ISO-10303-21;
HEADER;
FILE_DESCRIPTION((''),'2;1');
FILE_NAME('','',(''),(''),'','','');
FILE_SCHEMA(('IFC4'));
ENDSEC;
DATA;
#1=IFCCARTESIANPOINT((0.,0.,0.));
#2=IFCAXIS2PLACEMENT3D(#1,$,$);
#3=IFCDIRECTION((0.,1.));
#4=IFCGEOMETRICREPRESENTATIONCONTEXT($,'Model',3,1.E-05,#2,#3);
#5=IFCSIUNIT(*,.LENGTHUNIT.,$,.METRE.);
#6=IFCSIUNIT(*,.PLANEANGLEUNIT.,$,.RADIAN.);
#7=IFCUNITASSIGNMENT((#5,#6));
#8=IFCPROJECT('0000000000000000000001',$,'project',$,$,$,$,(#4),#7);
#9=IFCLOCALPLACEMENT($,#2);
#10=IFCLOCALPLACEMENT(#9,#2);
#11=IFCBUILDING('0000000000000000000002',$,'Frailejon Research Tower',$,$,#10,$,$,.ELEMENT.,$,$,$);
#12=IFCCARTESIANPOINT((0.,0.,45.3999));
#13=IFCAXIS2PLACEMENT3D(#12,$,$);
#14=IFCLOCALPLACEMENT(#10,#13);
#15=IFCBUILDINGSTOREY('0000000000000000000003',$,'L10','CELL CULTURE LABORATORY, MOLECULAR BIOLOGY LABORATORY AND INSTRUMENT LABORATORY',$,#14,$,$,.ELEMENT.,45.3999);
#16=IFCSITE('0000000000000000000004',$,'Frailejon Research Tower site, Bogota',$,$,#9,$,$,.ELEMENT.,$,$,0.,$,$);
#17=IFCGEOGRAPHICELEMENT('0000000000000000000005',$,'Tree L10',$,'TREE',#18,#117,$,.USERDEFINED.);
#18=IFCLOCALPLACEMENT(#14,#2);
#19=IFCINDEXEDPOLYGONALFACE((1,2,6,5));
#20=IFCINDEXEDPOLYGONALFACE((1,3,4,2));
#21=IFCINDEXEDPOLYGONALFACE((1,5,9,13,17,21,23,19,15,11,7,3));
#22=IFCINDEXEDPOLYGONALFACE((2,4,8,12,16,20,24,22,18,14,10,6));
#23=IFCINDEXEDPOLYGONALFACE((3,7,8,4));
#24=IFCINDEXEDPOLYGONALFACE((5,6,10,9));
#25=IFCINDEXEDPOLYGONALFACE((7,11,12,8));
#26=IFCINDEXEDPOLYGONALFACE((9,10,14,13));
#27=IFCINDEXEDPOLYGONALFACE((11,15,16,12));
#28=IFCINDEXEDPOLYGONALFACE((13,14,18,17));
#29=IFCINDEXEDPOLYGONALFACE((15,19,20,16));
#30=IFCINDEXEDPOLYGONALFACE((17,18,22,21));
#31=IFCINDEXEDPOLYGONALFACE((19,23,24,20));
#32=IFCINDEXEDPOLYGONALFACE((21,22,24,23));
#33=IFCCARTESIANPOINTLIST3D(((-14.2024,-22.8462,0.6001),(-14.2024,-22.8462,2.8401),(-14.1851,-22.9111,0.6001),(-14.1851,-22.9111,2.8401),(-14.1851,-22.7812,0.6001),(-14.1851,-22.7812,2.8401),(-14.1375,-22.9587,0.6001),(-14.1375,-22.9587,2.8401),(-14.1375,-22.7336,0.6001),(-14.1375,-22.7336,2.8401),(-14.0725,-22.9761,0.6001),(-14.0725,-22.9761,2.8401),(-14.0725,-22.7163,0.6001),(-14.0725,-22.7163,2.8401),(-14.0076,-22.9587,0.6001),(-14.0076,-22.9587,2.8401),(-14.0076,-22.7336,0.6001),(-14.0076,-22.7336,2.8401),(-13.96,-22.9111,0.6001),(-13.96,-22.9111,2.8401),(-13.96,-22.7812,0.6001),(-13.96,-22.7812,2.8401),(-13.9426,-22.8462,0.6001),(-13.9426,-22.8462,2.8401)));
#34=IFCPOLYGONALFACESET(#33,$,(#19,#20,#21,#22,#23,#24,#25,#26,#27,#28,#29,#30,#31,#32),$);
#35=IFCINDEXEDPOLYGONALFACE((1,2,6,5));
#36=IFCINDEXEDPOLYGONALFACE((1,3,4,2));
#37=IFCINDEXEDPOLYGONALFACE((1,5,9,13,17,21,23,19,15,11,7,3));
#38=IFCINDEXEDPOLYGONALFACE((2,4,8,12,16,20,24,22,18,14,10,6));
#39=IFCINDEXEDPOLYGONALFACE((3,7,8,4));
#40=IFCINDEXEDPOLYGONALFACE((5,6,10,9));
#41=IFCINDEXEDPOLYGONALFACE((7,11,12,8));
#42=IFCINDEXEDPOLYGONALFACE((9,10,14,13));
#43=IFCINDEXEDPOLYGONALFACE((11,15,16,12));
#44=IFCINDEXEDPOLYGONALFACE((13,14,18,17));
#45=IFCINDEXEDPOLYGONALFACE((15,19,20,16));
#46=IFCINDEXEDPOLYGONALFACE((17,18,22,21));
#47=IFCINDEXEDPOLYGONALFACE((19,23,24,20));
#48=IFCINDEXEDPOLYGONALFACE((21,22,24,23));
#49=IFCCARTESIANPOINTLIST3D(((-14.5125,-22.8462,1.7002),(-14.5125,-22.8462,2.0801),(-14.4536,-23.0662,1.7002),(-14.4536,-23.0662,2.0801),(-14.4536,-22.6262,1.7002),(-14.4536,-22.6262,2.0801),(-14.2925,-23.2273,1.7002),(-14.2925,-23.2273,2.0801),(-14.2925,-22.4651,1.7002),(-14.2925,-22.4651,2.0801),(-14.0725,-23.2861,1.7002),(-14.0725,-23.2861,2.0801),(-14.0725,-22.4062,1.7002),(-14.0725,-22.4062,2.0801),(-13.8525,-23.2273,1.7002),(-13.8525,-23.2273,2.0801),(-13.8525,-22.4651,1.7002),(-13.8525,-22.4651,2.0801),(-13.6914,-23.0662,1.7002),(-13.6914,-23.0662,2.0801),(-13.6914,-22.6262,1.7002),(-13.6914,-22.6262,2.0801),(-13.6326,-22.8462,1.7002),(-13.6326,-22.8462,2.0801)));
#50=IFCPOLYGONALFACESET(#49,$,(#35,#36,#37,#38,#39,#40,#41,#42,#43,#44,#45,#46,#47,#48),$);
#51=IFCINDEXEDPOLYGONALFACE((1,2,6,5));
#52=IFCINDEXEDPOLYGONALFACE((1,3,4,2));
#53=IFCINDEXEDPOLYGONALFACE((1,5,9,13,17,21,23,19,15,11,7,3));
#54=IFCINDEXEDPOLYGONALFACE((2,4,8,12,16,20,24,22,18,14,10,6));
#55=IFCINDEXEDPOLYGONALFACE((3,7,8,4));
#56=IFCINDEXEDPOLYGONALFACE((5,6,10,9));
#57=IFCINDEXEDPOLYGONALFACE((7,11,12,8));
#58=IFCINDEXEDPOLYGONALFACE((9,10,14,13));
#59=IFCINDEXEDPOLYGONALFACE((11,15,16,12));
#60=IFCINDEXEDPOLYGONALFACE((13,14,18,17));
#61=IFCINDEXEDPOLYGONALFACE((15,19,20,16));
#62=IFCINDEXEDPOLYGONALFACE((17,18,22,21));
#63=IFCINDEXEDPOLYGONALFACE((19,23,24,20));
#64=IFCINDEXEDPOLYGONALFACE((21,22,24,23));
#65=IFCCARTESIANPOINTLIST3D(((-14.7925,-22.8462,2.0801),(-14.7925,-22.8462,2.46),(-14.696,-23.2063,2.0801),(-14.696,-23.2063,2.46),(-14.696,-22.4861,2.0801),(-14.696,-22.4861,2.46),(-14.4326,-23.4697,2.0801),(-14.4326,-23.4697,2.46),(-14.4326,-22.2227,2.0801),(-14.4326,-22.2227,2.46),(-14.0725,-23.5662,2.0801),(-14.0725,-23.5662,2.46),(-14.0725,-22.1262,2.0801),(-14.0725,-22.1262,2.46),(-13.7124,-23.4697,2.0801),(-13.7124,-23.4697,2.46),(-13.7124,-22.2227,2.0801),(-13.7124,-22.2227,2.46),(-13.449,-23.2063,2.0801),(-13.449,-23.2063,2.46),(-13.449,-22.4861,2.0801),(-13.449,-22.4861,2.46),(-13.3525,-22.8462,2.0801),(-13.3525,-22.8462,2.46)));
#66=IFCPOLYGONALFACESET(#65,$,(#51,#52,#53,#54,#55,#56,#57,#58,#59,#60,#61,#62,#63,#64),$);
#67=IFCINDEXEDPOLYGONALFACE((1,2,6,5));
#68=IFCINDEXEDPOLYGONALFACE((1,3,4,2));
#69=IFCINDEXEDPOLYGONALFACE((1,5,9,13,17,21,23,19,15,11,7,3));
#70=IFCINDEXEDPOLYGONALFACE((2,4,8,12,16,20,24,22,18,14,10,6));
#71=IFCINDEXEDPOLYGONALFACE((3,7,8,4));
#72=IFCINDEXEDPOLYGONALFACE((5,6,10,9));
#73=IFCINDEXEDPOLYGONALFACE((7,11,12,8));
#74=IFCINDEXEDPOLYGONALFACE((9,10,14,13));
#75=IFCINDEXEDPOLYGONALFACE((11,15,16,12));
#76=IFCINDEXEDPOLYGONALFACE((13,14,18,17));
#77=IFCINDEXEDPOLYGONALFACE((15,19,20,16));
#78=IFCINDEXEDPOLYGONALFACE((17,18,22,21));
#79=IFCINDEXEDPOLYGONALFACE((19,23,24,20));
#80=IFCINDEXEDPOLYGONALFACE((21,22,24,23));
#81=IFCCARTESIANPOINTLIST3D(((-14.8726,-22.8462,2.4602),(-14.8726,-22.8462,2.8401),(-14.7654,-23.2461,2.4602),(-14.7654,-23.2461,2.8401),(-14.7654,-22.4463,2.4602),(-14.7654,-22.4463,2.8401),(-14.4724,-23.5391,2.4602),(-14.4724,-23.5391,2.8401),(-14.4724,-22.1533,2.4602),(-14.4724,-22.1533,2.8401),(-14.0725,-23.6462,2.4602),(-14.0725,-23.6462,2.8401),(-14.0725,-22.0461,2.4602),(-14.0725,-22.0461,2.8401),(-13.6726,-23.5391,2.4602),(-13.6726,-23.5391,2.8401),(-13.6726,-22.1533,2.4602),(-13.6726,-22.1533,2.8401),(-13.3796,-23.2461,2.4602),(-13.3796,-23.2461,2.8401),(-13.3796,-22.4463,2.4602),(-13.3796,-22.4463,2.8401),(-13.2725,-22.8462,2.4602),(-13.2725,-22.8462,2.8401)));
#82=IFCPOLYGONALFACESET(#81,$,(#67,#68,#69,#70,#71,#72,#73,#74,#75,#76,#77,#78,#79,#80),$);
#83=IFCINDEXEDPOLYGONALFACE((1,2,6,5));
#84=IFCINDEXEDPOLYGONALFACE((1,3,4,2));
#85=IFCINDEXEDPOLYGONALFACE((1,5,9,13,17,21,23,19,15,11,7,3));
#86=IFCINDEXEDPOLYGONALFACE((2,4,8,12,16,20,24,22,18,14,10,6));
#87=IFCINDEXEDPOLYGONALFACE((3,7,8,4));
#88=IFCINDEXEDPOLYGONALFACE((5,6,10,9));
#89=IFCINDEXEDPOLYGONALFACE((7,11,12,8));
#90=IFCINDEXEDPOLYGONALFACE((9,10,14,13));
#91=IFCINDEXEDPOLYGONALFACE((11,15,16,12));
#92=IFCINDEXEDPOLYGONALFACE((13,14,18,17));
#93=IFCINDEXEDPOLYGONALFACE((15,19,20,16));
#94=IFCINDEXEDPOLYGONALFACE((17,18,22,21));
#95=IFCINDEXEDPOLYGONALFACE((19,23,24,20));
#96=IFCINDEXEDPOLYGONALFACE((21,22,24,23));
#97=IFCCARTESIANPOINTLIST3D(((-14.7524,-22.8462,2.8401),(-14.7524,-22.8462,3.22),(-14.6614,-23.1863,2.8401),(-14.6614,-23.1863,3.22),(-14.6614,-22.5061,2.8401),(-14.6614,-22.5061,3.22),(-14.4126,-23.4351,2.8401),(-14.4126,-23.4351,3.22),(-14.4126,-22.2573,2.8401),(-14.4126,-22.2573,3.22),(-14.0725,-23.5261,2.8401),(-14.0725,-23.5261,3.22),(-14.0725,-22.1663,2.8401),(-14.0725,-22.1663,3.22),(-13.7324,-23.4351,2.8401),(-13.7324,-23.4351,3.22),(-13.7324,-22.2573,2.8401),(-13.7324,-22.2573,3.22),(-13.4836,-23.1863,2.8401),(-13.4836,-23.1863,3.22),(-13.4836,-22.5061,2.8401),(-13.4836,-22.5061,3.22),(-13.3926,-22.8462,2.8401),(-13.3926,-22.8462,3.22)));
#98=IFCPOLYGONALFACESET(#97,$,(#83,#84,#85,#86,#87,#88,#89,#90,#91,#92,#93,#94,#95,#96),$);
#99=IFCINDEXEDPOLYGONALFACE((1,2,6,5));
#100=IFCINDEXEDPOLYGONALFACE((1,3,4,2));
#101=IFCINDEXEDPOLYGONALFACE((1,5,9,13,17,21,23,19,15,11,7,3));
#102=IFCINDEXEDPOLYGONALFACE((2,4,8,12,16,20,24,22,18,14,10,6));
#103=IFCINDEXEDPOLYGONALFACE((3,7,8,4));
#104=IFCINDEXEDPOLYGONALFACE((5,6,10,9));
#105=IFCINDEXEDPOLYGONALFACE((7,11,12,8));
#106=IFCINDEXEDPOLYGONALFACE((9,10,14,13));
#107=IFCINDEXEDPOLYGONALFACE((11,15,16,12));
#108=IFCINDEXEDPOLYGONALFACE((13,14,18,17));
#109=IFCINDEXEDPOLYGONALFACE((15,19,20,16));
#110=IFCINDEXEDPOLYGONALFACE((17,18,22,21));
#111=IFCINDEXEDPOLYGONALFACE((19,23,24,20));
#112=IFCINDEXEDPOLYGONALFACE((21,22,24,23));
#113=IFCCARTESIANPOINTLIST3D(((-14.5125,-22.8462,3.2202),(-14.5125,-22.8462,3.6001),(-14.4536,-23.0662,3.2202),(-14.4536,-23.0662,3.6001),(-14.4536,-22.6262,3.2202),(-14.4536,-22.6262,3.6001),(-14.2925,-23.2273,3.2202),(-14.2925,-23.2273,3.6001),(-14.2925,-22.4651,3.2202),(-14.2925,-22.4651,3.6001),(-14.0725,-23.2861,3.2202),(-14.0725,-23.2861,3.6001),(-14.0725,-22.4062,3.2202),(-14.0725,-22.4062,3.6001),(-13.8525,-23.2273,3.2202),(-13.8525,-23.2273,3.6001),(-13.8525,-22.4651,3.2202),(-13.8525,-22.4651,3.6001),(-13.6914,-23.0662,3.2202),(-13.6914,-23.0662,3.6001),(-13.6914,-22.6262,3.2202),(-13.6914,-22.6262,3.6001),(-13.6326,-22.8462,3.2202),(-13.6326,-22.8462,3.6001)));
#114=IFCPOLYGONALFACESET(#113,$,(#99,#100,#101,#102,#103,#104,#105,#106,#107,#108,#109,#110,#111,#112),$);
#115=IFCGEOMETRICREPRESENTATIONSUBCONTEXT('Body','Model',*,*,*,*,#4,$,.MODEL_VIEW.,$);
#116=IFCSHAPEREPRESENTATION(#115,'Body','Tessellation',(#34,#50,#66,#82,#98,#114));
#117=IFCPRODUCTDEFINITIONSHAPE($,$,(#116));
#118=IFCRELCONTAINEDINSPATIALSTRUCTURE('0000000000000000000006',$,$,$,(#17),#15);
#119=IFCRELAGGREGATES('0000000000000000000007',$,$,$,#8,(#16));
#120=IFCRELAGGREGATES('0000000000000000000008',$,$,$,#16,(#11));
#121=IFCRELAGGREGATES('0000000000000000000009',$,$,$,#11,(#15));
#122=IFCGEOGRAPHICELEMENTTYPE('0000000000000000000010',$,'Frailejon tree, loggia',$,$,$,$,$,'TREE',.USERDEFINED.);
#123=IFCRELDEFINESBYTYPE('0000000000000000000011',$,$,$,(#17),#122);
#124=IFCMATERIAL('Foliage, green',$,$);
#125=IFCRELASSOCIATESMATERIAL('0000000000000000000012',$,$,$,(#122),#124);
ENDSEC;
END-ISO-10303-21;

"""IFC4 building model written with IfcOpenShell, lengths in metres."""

from ifc_helpers import new_model, si_unit, direction, frame, origin, place, context, subcontext, project, spatial, polyline, outline, extrude, material, type_object, element, save


model = new_model("IFC4")

# Units and contexts
model_context = context("Model", 3, precision=1e-05, world=origin(), true_north=direction((0.0, 1.0)))
body_context = subcontext(model_context, "Body", "Model", "MODEL_VIEW")
ifc_project = project(units=[si_unit("LENGTHUNIT", "METRE"), si_unit("PLANEANGLEUNIT", "RADIAN")], contexts=[model_context])

# Site, building, storey
site_placement = place(None, origin())
site = spatial("IfcSite", under=ifc_project, at=site_placement, Name="Frailejon Research Tower site, Bogota", CompositionType="ELEMENT", RefElevation=0.0)
building_placement = place(site_placement, origin())
building = spatial("IfcBuilding", under=site, at=building_placement, Name="Frailejon Research Tower", CompositionType="ELEMENT")
storey_placement = place(building_placement, frame((0.0, 0.0, 45.3999)))
storey = spatial("IfcBuildingStorey", under=building, at=storey_placement, Name="L10", Description="CELL CULTURE LABORATORY, MOLECULAR BIOLOGY LABORATORY AND INSTRUMENT LABORATORY", CompositionType="ELEMENT", Elevation=45.3999)

# Geographic element
ifc_material_1 = material(Name="Foliage, green")
geographic_element_type = type_object("IfcGeographicElementType", Name="Frailejon tree, loggia", ElementType="TREE", PredefinedType="USERDEFINED", material=ifc_material_1)
geographic_element_placement = place(storey_placement, frame((-14.0725, -22.8462, 0.6001)))
element("IfcGeographicElement", 1, at=geographic_element_placement, inside=storey, type_object=geographic_element_type, Name="Tree L10", ObjectType="TREE", PredefinedType="USERDEFINED", context=body_context, shape_type="SweptSolid", body=[
    extrude(outline(polyline([(0.1299, 0.0), (0.1125, 0.0649), (0.0649, 0.1125), (0.0, 0.1299), (-0.0649, 0.1125), (-0.1125, 0.0649), (-0.1299, 0.0), (-0.1125, -0.0649), (-0.0649, -0.1125), (0.0, -0.1299), (0.0649, -0.1125), (0.1125, -0.0649), (0.1299, 0.0)])), origin(), (0.0, 0.0, 1.0), 2.24),
    extrude(outline(polyline([(0.4399, 0.0), (0.3811, 0.22), (0.22, 0.3811), (0.0, 0.4399), (-0.22, 0.3811), (-0.3811, 0.22), (-0.4399, 0.0), (-0.3811, -0.22), (-0.22, -0.3811), (0.0, -0.4399), (0.22, -0.3811), (0.3811, -0.22), (0.4399, 0.0)])), frame((0.0, 0.0, 1.1001)), (0.0, 0.0, 1.0), 0.3799),
    extrude(outline(polyline([(0.72, 0.0), (0.6235, 0.3601), (0.3601, 0.6235), (0.0, 0.72), (-0.3601, 0.6235), (-0.6235, 0.3601), (-0.72, 0.0), (-0.6235, -0.3601), (-0.3601, -0.6235), (0.0, -0.72), (0.3601, -0.6235), (0.6235, -0.3601), (0.72, 0.0)])), frame((0.0, 0.0, 1.48)), (0.0, 0.0, 1.0), 0.3799),
    extrude(outline(polyline([(0.8, 0.0), (0.6929, 0.3999), (0.3999, 0.6929), (0.0, 0.8), (-0.3999, 0.6929), (-0.6929, 0.3999), (-0.8, 0.0), (-0.6929, -0.3999), (-0.3999, -0.6929), (0.0, -0.8), (0.3999, -0.6929), (0.6929, -0.3999), (0.8, 0.0)])), frame((0.0, 0.0, 1.8601)), (0.0, 0.0, 1.0), 0.3799),
    extrude(outline(polyline([(0.6799, 0.0), (0.5889, 0.3401), (0.3401, 0.5889), (0.0, 0.6799), (-0.3401, 0.5889), (-0.5889, 0.3401), (-0.6799, 0.0), (-0.5889, -0.3401), (-0.3401, -0.5889), (0.0, -0.6799), (0.3401, -0.5889), (0.5889, -0.3401), (0.6799, 0.0)])), frame((0.0, 0.0, 2.24)), (0.0, 0.0, 1.0), 0.3799),
    extrude(outline(polyline([(0.4399, 0.0), (0.3811, 0.22), (0.22, 0.3811), (0.0, 0.4399), (-0.22, 0.3811), (-0.3811, 0.22), (-0.4399, 0.0), (-0.3811, -0.22), (-0.22, -0.3811), (0.0, -0.4399), (0.22, -0.3811), (0.3811, -0.22), (0.4399, 0.0)])), frame((0.0, 0.0, 2.6201)), (0.0, 0.0, 1.0), 0.3799),
])

save(model, "model.ifc")
